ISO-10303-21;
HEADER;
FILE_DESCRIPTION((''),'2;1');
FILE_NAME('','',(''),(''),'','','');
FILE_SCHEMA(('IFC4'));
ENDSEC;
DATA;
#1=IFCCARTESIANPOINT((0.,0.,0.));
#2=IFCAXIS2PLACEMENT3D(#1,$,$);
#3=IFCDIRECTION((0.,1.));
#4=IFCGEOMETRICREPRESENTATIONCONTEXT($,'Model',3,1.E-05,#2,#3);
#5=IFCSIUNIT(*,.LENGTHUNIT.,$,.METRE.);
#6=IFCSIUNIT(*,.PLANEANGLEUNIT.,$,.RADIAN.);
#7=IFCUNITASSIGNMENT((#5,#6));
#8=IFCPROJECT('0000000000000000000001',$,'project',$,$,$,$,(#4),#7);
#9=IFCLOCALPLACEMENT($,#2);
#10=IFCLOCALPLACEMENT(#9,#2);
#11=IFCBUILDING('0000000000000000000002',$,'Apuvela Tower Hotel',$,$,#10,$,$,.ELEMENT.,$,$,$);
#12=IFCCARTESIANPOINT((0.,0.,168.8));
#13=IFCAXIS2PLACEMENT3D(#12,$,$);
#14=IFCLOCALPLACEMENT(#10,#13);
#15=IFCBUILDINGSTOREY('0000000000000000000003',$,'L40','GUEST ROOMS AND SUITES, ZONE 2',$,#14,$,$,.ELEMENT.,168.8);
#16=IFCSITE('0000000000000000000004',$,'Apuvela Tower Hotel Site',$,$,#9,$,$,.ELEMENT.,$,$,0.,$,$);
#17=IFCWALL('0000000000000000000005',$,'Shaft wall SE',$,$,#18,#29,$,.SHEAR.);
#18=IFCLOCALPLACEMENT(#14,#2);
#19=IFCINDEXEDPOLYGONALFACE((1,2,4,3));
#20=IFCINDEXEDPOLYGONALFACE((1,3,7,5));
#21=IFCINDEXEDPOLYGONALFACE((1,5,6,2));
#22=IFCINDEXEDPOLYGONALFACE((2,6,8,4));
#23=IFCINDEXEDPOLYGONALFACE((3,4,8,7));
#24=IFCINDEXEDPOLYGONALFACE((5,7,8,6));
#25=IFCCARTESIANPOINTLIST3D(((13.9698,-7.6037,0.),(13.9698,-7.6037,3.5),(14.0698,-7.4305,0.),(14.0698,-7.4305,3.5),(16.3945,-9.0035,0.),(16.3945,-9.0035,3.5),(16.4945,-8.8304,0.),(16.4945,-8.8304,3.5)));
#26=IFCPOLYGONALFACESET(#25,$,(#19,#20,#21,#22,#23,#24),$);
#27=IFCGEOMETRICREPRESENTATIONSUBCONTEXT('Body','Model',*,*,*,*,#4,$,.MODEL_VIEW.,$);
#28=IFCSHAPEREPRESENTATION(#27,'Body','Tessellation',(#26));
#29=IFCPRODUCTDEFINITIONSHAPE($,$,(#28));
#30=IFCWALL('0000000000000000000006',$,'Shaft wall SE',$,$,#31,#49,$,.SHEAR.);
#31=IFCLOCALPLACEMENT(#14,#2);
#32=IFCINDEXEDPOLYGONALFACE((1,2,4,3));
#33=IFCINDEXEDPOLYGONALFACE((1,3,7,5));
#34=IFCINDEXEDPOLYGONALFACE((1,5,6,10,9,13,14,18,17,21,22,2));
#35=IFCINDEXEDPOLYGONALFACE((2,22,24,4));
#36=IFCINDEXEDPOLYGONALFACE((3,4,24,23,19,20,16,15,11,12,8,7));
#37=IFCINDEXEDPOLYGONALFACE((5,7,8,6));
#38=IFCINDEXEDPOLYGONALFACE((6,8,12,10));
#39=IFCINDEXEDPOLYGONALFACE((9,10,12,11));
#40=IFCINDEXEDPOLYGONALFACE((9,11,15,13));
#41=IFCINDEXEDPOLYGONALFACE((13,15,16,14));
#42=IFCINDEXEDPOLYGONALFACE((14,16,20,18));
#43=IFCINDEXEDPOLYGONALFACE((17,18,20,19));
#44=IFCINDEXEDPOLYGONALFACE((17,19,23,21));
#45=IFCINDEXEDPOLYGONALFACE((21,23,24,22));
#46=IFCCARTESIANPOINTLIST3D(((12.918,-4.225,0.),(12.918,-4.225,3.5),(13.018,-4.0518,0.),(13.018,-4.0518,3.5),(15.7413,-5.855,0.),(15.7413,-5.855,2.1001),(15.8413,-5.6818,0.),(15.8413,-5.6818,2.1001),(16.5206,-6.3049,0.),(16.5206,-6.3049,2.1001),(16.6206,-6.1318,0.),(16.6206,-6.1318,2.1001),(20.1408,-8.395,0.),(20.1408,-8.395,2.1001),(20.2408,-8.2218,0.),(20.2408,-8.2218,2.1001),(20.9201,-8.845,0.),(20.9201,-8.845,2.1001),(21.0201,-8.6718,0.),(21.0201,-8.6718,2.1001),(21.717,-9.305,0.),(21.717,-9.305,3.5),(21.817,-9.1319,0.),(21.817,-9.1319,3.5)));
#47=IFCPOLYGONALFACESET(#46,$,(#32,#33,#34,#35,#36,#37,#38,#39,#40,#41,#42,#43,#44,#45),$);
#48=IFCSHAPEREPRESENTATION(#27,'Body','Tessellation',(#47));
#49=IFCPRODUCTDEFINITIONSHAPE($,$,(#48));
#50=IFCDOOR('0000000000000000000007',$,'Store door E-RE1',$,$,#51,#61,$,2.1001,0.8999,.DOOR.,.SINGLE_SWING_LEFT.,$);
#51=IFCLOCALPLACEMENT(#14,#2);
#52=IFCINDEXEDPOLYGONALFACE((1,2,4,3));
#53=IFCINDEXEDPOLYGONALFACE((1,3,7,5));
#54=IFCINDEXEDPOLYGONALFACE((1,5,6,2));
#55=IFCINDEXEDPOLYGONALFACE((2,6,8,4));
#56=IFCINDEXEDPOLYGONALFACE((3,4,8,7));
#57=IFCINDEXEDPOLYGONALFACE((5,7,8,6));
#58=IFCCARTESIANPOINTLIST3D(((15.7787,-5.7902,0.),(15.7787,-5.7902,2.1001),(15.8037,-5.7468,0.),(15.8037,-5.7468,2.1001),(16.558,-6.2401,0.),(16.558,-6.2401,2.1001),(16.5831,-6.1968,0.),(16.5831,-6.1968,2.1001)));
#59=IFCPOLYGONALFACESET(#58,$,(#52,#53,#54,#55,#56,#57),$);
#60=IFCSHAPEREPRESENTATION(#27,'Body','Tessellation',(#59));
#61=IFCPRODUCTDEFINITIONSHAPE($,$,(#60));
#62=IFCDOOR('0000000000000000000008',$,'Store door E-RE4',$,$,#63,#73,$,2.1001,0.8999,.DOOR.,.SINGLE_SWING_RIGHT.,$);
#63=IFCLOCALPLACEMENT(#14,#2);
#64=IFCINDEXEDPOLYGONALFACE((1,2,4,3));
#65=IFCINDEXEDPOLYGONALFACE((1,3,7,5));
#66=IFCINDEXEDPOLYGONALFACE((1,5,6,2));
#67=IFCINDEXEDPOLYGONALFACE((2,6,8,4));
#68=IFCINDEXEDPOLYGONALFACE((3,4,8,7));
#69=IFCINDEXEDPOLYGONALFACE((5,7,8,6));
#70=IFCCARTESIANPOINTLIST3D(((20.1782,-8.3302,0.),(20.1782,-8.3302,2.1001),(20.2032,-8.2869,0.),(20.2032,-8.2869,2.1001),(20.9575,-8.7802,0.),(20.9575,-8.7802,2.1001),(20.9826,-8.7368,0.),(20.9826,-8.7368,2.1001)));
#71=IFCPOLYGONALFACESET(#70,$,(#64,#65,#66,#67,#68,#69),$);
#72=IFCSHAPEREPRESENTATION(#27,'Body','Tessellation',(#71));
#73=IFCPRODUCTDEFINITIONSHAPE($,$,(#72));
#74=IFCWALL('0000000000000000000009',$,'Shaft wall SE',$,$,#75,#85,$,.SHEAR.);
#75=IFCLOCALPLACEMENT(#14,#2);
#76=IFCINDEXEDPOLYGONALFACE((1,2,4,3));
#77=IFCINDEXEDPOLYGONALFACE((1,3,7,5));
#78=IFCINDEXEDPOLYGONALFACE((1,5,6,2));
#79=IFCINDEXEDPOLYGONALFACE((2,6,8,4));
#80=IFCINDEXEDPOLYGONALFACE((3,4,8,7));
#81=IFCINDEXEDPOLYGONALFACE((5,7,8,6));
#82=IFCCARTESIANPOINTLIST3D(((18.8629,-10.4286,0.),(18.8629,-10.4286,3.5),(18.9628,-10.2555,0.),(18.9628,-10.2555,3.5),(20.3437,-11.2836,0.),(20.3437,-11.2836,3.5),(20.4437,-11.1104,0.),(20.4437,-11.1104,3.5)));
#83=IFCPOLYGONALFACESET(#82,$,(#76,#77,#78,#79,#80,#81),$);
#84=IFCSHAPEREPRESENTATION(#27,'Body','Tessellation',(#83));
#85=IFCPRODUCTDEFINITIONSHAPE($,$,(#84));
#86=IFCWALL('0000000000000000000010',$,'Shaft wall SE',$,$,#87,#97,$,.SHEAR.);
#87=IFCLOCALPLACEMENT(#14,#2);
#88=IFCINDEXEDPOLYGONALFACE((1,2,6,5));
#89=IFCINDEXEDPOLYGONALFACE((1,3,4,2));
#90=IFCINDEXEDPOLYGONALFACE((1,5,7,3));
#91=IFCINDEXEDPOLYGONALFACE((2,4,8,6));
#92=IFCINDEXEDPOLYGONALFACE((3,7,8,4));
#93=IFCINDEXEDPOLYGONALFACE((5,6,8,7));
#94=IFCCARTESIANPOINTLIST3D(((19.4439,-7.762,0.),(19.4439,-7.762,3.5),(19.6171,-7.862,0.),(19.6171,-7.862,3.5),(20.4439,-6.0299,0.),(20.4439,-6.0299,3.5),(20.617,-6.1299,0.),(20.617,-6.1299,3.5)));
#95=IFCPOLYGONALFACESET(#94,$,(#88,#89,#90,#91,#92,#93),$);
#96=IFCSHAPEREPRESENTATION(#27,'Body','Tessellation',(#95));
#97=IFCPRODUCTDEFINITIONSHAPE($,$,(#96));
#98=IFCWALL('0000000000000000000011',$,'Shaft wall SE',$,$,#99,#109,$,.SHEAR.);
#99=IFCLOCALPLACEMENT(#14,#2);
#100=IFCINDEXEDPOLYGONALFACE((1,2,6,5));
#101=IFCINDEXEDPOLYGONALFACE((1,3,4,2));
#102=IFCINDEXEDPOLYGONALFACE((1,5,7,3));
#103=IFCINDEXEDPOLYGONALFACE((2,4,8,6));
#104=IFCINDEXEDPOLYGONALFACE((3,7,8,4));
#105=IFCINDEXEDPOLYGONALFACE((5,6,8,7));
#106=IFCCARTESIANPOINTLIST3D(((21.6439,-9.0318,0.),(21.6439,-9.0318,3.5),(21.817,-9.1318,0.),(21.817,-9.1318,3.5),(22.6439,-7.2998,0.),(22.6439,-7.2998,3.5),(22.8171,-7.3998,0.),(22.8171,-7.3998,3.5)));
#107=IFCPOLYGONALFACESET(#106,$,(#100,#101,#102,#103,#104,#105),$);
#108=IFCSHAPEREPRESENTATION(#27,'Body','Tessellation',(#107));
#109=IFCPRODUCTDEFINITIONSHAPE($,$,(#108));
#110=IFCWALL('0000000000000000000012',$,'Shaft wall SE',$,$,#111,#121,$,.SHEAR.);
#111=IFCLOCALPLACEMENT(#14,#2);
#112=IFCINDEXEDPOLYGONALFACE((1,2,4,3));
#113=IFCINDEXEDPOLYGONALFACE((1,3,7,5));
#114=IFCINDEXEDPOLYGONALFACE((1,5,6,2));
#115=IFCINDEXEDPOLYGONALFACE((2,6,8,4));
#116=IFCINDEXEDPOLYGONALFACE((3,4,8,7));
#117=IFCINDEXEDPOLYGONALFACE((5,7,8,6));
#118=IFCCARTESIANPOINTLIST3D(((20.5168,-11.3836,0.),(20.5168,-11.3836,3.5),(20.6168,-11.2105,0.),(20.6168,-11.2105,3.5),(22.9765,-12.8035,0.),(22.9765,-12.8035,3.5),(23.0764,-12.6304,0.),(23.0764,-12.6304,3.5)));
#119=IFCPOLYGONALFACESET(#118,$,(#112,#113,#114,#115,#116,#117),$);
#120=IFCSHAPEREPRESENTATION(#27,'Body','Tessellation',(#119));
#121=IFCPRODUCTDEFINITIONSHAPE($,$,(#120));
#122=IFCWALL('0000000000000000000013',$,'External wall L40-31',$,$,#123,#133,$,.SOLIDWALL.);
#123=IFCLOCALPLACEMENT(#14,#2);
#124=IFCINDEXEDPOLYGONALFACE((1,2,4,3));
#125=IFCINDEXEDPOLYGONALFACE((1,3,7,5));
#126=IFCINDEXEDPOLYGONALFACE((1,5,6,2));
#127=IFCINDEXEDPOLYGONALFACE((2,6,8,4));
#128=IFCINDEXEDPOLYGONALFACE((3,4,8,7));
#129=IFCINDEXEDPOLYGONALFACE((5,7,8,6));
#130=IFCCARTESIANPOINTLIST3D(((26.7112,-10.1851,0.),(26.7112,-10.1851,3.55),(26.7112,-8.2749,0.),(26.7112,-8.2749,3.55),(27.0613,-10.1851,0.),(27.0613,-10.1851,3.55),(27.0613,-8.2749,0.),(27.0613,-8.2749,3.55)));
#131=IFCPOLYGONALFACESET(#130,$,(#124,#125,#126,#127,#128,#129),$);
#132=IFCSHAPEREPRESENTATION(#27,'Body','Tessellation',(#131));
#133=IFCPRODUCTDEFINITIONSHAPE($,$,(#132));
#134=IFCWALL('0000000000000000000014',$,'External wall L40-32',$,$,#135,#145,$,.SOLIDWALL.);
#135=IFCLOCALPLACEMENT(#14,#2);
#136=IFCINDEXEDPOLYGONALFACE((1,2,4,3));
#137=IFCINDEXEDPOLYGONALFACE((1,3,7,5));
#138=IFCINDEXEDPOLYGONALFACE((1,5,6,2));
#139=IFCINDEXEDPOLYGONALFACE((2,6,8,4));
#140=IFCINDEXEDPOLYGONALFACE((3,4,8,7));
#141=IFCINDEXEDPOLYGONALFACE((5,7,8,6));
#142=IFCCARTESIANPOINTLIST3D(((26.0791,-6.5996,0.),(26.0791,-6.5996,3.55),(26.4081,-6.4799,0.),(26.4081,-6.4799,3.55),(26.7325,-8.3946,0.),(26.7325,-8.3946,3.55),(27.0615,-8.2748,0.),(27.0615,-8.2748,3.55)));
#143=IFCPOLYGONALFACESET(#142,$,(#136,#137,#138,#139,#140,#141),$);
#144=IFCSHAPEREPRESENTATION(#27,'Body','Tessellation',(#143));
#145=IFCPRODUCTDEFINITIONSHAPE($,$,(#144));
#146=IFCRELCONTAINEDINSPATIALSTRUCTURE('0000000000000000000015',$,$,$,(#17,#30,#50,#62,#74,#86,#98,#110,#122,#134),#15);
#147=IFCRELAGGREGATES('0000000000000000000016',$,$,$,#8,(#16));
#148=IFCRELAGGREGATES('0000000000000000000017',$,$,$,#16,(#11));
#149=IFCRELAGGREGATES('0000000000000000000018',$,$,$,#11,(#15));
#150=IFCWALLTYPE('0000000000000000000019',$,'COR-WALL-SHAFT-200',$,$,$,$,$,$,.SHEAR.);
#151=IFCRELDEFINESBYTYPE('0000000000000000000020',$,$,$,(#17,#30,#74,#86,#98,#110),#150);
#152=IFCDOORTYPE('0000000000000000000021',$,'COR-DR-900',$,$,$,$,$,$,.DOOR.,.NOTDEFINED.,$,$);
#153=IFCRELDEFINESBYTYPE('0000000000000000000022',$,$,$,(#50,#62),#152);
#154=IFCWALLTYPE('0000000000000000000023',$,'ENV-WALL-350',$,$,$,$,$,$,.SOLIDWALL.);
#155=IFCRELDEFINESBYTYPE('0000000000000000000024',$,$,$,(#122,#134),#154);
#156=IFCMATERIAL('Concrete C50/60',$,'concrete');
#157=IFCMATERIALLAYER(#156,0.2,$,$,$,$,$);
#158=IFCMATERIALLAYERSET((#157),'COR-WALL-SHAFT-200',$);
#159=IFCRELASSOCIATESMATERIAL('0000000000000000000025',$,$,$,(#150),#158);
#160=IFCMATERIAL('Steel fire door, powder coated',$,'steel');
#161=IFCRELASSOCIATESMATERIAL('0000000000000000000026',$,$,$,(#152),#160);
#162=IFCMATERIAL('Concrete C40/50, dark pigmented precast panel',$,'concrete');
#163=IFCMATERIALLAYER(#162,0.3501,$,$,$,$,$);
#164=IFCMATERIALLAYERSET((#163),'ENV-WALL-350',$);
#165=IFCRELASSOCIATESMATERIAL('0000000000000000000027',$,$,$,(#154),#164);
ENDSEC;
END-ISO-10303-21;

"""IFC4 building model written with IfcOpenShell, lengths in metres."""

from ifc_helpers import new_model, si_unit, direction, frame, frame_2d, origin, place, context, subcontext, project, spatial, rectangle, extrude, material, layer, layer_set, type_object, element, fill, save


model = new_model("IFC4")

# Units and contexts
model_context = context("Model", 3, precision=1e-05, world=origin(), true_north=direction((0.0, 1.0)))
body_context = subcontext(model_context, "Body", "Model", "MODEL_VIEW")
ifc_project = project(units=[si_unit("LENGTHUNIT", "METRE"), si_unit("PLANEANGLEUNIT", "RADIAN")], contexts=[model_context])

# Site, building, storey
site_placement = place(None, origin())
site = spatial("IfcSite", under=ifc_project, at=site_placement, Name="Apuvela Tower Hotel Site", CompositionType="ELEMENT", RefElevation=0.0)
building_placement = place(site_placement, origin())
building = spatial("IfcBuilding", under=site, at=building_placement, Name="Apuvela Tower Hotel", CompositionType="ELEMENT")
storey_placement = place(building_placement, frame((0.0, 0.0, 168.8)))
storey = spatial("IfcBuildingStorey", under=building, at=storey_placement, Name="L40", Description="GUEST ROOMS AND SUITES, ZONE 2", CompositionType="ELEMENT", Elevation=168.8)

# Wall
ifc_material_1 = material(Name="Concrete C50/60", Category="concrete")
ifc_layer_1 = layer(ifc_material_1, 0.2)
ifc_layer_set_1 = layer_set([ifc_layer_1], Name="COR-WALL-SHAFT-200")
wall_type_1 = type_object("IfcWallType", Name="COR-WALL-SHAFT-200", PredefinedType="SHEAR", material=ifc_layer_set_1)
wall_1_placement = place(storey_placement, frame((14.0198, -7.5171, 0.0), z_axis=(0.0, 0.0, 1.0), x_axis=(0.866035, -0.499984, 0.0)))
element("IfcWall", 1, at=wall_1_placement, inside=storey, type_object=wall_type_1, Name="Shaft wall SE", PredefinedType="SHEAR", context=body_context, shape_type="SweptSolid", body=[
    extrude(rectangle(XDim=2.7998, YDim=0.2, at=frame_2d((1.3999, 0.0))), origin(), (0.0, 0.0, 1.0), 3.5),
])

# Wall, openings, doors
wall_2_placement = place(storey_placement, frame((12.968, -4.1384, 0.0), z_axis=(0.0, 0.0, 1.0), x_axis=(0.866028, -0.499995, 0.0)))
wall_2 = element("IfcWall", 2, at=wall_2_placement, inside=storey, type_object=wall_type_1, Name="Shaft wall SE", PredefinedType="SHEAR", context=body_context, shape_type="SweptSolid", body=[
    extrude(rectangle(XDim=10.1602, YDim=0.2, at=frame_2d((5.0801, 0.0))), origin(), (0.0, 0.0, 1.0), 3.5),
])
opening_1_placement = place(wall_2_placement, frame((3.26, 0.0, 0.0)))
opening_1 = element("IfcOpeningElement", 3, at=opening_1_placement, cuts=wall_2, PredefinedType="OPENING", context=body_context, shape_type="SweptSolid", body=[
    extrude(rectangle(XDim=0.8999, YDim=2.1001, at=frame_2d((0.45, 1.05))), frame((0.0, 0.1099, 0.0), z_axis=(0.0, -1.0, 0.0), x_axis=(1.0, 0.0, 0.0)), (0.0, 0.0, 1.0), 0.22),
])
opening_2_placement = place(wall_2_placement, frame((8.3401, 0.0, 0.0)))
opening_2 = element("IfcOpeningElement", 4, at=opening_2_placement, cuts=wall_2, PredefinedType="OPENING", context=body_context, shape_type="SweptSolid", body=[
    extrude(rectangle(XDim=0.8999, YDim=2.1001, at=frame_2d((0.45, 1.05))), frame((0.0, 0.1099, 0.0), z_axis=(0.0, -1.0, 0.0), x_axis=(1.0, 0.0, 0.0)), (0.0, 0.0, 1.0), 0.22),
])
ifc_material_2 = material(Name="Steel fire door, powder coated", Category="steel")
door_type_1 = type_object("IfcDoorType", Name="COR-DR-900", OperationType="NOTDEFINED", PredefinedType="DOOR", material=ifc_material_2)
door_1_placement = place(opening_1_placement, origin())
door_1 = element("IfcDoor", 5, at=door_1_placement, inside=storey, type_object=door_type_1, Name="Store door E-RE1", OperationType="SINGLE_SWING_LEFT", OverallHeight=2.1001, OverallWidth=0.8999, PredefinedType="DOOR", context=body_context, shape_type="SweptSolid", body=[
    extrude(rectangle(XDim=0.8999, YDim=2.1001, at=frame_2d((0.45, 1.05))), frame((0.0, 0.0249, 0.0), z_axis=(0.0, -1.0, 0.0), x_axis=(1.0, 0.0, 0.0)), (0.0, 0.0, 1.0), 0.05),
])
fill(opening_1, door_1)
door_2_placement = place(opening_2_placement, origin())
door_2 = element("IfcDoor", 6, at=door_2_placement, inside=storey, type_object=door_type_1, Name="Store door E-RE4", OperationType="SINGLE_SWING_RIGHT", OverallHeight=2.1001, OverallWidth=0.8999, PredefinedType="DOOR", context=body_context, shape_type="SweptSolid", body=[
    extrude(rectangle(XDim=0.8999, YDim=2.1001, at=frame_2d((0.45, 1.05))), frame((0.0, 0.0249, 0.0), z_axis=(0.0, -1.0, 0.0), x_axis=(1.0, 0.0, 0.0)), (0.0, 0.0, 1.0), 0.05),
])
fill(opening_2, door_2)

# Walls
wall_3_placement = place(storey_placement, frame((18.9128, -10.342, 0.0), z_axis=(0.0, 0.0, 1.0), x_axis=(0.866038, -0.499978, 0.0)))
element("IfcWall", 7, at=wall_3_placement, inside=storey, type_object=wall_type_1, Name="Shaft wall SE", PredefinedType="SHEAR", context=body_context, shape_type="SweptSolid", body=[
    extrude(rectangle(XDim=1.71, YDim=0.2, at=frame_2d((0.855, 0.0))), origin(), (0.0, 0.0, 1.0), 3.5),
])
for number, where, z_axis, x_axis, name in (
    (8, (19.5305, -7.812, 0.0), (0.0, 0.0, 1.0), (0.499973, 0.866041, 0.0), "Shaft wall SE"),
    (9, (21.7305, -9.0818, 0.0), (0.0, 0.0, 1.0), (0.500025, 0.866011, 0.0), "Shaft wall SE"),
):
    element("IfcWall", number, at=place(storey_placement, frame(where, z_axis=z_axis, x_axis=x_axis)), inside=storey, type_object=wall_type_1, Name=name, PredefinedType="SHEAR", context=body_context, shape_type="SweptSolid", body=[
        extrude(rectangle(XDim=2.0, YDim=0.2, at=frame_2d((1.0, 0.0))), origin(), (0.0, 0.0, 1.0), 3.5),
    ])
wall_4_placement = place(storey_placement, frame((20.5669, -11.2971, 0.0), z_axis=(0.0, 0.0, 1.0), x_axis=(0.866055, -0.499948, 0.0)))
element("IfcWall", 10, at=wall_4_placement, inside=storey, type_object=wall_type_1, Name="Shaft wall SE", PredefinedType="SHEAR", context=body_context, shape_type="SweptSolid", body=[
    extrude(rectangle(XDim=2.8401, YDim=0.2, at=frame_2d((1.4199, 0.0))), origin(), (0.0, 0.0, 1.0), 3.5),
])
ifc_material_3 = material(Name="Concrete C40/50, dark pigmented precast panel", Category="concrete")
ifc_layer_2 = layer(ifc_material_3, 0.3501)
ifc_layer_set_2 = layer_set([ifc_layer_2], Name="ENV-WALL-350")
wall_type_2 = type_object("IfcWallType", Name="ENV-WALL-350", PredefinedType="SOLIDWALL", material=ifc_layer_set_2)
for number, where, z_axis, x_axis, name in (
    (11, (26.8862, -10.1851, 0.0), (0.0, 0.0, 1.0), (0.0, 1.0, 0.0), "External wall L40-31"),
    (12, (26.897, -8.3347, 0.0), (0.0, 0.0, 1.0), (-0.34203, 0.939689, 0.0), "External wall L40-32"),
):
    element("IfcWall", number, at=place(storey_placement, frame(where, z_axis=z_axis, x_axis=x_axis)), inside=storey, type_object=wall_type_2, Name=name, PredefinedType="SOLIDWALL", context=body_context, shape_type="SweptSolid", body=[
        extrude(rectangle(XDim=1.9102, YDim=0.3501, at=frame_2d((0.9551, 0.0))), origin(), (0.0, 0.0, 1.0), 3.55),
    ])

save(model, "model.ifc")
